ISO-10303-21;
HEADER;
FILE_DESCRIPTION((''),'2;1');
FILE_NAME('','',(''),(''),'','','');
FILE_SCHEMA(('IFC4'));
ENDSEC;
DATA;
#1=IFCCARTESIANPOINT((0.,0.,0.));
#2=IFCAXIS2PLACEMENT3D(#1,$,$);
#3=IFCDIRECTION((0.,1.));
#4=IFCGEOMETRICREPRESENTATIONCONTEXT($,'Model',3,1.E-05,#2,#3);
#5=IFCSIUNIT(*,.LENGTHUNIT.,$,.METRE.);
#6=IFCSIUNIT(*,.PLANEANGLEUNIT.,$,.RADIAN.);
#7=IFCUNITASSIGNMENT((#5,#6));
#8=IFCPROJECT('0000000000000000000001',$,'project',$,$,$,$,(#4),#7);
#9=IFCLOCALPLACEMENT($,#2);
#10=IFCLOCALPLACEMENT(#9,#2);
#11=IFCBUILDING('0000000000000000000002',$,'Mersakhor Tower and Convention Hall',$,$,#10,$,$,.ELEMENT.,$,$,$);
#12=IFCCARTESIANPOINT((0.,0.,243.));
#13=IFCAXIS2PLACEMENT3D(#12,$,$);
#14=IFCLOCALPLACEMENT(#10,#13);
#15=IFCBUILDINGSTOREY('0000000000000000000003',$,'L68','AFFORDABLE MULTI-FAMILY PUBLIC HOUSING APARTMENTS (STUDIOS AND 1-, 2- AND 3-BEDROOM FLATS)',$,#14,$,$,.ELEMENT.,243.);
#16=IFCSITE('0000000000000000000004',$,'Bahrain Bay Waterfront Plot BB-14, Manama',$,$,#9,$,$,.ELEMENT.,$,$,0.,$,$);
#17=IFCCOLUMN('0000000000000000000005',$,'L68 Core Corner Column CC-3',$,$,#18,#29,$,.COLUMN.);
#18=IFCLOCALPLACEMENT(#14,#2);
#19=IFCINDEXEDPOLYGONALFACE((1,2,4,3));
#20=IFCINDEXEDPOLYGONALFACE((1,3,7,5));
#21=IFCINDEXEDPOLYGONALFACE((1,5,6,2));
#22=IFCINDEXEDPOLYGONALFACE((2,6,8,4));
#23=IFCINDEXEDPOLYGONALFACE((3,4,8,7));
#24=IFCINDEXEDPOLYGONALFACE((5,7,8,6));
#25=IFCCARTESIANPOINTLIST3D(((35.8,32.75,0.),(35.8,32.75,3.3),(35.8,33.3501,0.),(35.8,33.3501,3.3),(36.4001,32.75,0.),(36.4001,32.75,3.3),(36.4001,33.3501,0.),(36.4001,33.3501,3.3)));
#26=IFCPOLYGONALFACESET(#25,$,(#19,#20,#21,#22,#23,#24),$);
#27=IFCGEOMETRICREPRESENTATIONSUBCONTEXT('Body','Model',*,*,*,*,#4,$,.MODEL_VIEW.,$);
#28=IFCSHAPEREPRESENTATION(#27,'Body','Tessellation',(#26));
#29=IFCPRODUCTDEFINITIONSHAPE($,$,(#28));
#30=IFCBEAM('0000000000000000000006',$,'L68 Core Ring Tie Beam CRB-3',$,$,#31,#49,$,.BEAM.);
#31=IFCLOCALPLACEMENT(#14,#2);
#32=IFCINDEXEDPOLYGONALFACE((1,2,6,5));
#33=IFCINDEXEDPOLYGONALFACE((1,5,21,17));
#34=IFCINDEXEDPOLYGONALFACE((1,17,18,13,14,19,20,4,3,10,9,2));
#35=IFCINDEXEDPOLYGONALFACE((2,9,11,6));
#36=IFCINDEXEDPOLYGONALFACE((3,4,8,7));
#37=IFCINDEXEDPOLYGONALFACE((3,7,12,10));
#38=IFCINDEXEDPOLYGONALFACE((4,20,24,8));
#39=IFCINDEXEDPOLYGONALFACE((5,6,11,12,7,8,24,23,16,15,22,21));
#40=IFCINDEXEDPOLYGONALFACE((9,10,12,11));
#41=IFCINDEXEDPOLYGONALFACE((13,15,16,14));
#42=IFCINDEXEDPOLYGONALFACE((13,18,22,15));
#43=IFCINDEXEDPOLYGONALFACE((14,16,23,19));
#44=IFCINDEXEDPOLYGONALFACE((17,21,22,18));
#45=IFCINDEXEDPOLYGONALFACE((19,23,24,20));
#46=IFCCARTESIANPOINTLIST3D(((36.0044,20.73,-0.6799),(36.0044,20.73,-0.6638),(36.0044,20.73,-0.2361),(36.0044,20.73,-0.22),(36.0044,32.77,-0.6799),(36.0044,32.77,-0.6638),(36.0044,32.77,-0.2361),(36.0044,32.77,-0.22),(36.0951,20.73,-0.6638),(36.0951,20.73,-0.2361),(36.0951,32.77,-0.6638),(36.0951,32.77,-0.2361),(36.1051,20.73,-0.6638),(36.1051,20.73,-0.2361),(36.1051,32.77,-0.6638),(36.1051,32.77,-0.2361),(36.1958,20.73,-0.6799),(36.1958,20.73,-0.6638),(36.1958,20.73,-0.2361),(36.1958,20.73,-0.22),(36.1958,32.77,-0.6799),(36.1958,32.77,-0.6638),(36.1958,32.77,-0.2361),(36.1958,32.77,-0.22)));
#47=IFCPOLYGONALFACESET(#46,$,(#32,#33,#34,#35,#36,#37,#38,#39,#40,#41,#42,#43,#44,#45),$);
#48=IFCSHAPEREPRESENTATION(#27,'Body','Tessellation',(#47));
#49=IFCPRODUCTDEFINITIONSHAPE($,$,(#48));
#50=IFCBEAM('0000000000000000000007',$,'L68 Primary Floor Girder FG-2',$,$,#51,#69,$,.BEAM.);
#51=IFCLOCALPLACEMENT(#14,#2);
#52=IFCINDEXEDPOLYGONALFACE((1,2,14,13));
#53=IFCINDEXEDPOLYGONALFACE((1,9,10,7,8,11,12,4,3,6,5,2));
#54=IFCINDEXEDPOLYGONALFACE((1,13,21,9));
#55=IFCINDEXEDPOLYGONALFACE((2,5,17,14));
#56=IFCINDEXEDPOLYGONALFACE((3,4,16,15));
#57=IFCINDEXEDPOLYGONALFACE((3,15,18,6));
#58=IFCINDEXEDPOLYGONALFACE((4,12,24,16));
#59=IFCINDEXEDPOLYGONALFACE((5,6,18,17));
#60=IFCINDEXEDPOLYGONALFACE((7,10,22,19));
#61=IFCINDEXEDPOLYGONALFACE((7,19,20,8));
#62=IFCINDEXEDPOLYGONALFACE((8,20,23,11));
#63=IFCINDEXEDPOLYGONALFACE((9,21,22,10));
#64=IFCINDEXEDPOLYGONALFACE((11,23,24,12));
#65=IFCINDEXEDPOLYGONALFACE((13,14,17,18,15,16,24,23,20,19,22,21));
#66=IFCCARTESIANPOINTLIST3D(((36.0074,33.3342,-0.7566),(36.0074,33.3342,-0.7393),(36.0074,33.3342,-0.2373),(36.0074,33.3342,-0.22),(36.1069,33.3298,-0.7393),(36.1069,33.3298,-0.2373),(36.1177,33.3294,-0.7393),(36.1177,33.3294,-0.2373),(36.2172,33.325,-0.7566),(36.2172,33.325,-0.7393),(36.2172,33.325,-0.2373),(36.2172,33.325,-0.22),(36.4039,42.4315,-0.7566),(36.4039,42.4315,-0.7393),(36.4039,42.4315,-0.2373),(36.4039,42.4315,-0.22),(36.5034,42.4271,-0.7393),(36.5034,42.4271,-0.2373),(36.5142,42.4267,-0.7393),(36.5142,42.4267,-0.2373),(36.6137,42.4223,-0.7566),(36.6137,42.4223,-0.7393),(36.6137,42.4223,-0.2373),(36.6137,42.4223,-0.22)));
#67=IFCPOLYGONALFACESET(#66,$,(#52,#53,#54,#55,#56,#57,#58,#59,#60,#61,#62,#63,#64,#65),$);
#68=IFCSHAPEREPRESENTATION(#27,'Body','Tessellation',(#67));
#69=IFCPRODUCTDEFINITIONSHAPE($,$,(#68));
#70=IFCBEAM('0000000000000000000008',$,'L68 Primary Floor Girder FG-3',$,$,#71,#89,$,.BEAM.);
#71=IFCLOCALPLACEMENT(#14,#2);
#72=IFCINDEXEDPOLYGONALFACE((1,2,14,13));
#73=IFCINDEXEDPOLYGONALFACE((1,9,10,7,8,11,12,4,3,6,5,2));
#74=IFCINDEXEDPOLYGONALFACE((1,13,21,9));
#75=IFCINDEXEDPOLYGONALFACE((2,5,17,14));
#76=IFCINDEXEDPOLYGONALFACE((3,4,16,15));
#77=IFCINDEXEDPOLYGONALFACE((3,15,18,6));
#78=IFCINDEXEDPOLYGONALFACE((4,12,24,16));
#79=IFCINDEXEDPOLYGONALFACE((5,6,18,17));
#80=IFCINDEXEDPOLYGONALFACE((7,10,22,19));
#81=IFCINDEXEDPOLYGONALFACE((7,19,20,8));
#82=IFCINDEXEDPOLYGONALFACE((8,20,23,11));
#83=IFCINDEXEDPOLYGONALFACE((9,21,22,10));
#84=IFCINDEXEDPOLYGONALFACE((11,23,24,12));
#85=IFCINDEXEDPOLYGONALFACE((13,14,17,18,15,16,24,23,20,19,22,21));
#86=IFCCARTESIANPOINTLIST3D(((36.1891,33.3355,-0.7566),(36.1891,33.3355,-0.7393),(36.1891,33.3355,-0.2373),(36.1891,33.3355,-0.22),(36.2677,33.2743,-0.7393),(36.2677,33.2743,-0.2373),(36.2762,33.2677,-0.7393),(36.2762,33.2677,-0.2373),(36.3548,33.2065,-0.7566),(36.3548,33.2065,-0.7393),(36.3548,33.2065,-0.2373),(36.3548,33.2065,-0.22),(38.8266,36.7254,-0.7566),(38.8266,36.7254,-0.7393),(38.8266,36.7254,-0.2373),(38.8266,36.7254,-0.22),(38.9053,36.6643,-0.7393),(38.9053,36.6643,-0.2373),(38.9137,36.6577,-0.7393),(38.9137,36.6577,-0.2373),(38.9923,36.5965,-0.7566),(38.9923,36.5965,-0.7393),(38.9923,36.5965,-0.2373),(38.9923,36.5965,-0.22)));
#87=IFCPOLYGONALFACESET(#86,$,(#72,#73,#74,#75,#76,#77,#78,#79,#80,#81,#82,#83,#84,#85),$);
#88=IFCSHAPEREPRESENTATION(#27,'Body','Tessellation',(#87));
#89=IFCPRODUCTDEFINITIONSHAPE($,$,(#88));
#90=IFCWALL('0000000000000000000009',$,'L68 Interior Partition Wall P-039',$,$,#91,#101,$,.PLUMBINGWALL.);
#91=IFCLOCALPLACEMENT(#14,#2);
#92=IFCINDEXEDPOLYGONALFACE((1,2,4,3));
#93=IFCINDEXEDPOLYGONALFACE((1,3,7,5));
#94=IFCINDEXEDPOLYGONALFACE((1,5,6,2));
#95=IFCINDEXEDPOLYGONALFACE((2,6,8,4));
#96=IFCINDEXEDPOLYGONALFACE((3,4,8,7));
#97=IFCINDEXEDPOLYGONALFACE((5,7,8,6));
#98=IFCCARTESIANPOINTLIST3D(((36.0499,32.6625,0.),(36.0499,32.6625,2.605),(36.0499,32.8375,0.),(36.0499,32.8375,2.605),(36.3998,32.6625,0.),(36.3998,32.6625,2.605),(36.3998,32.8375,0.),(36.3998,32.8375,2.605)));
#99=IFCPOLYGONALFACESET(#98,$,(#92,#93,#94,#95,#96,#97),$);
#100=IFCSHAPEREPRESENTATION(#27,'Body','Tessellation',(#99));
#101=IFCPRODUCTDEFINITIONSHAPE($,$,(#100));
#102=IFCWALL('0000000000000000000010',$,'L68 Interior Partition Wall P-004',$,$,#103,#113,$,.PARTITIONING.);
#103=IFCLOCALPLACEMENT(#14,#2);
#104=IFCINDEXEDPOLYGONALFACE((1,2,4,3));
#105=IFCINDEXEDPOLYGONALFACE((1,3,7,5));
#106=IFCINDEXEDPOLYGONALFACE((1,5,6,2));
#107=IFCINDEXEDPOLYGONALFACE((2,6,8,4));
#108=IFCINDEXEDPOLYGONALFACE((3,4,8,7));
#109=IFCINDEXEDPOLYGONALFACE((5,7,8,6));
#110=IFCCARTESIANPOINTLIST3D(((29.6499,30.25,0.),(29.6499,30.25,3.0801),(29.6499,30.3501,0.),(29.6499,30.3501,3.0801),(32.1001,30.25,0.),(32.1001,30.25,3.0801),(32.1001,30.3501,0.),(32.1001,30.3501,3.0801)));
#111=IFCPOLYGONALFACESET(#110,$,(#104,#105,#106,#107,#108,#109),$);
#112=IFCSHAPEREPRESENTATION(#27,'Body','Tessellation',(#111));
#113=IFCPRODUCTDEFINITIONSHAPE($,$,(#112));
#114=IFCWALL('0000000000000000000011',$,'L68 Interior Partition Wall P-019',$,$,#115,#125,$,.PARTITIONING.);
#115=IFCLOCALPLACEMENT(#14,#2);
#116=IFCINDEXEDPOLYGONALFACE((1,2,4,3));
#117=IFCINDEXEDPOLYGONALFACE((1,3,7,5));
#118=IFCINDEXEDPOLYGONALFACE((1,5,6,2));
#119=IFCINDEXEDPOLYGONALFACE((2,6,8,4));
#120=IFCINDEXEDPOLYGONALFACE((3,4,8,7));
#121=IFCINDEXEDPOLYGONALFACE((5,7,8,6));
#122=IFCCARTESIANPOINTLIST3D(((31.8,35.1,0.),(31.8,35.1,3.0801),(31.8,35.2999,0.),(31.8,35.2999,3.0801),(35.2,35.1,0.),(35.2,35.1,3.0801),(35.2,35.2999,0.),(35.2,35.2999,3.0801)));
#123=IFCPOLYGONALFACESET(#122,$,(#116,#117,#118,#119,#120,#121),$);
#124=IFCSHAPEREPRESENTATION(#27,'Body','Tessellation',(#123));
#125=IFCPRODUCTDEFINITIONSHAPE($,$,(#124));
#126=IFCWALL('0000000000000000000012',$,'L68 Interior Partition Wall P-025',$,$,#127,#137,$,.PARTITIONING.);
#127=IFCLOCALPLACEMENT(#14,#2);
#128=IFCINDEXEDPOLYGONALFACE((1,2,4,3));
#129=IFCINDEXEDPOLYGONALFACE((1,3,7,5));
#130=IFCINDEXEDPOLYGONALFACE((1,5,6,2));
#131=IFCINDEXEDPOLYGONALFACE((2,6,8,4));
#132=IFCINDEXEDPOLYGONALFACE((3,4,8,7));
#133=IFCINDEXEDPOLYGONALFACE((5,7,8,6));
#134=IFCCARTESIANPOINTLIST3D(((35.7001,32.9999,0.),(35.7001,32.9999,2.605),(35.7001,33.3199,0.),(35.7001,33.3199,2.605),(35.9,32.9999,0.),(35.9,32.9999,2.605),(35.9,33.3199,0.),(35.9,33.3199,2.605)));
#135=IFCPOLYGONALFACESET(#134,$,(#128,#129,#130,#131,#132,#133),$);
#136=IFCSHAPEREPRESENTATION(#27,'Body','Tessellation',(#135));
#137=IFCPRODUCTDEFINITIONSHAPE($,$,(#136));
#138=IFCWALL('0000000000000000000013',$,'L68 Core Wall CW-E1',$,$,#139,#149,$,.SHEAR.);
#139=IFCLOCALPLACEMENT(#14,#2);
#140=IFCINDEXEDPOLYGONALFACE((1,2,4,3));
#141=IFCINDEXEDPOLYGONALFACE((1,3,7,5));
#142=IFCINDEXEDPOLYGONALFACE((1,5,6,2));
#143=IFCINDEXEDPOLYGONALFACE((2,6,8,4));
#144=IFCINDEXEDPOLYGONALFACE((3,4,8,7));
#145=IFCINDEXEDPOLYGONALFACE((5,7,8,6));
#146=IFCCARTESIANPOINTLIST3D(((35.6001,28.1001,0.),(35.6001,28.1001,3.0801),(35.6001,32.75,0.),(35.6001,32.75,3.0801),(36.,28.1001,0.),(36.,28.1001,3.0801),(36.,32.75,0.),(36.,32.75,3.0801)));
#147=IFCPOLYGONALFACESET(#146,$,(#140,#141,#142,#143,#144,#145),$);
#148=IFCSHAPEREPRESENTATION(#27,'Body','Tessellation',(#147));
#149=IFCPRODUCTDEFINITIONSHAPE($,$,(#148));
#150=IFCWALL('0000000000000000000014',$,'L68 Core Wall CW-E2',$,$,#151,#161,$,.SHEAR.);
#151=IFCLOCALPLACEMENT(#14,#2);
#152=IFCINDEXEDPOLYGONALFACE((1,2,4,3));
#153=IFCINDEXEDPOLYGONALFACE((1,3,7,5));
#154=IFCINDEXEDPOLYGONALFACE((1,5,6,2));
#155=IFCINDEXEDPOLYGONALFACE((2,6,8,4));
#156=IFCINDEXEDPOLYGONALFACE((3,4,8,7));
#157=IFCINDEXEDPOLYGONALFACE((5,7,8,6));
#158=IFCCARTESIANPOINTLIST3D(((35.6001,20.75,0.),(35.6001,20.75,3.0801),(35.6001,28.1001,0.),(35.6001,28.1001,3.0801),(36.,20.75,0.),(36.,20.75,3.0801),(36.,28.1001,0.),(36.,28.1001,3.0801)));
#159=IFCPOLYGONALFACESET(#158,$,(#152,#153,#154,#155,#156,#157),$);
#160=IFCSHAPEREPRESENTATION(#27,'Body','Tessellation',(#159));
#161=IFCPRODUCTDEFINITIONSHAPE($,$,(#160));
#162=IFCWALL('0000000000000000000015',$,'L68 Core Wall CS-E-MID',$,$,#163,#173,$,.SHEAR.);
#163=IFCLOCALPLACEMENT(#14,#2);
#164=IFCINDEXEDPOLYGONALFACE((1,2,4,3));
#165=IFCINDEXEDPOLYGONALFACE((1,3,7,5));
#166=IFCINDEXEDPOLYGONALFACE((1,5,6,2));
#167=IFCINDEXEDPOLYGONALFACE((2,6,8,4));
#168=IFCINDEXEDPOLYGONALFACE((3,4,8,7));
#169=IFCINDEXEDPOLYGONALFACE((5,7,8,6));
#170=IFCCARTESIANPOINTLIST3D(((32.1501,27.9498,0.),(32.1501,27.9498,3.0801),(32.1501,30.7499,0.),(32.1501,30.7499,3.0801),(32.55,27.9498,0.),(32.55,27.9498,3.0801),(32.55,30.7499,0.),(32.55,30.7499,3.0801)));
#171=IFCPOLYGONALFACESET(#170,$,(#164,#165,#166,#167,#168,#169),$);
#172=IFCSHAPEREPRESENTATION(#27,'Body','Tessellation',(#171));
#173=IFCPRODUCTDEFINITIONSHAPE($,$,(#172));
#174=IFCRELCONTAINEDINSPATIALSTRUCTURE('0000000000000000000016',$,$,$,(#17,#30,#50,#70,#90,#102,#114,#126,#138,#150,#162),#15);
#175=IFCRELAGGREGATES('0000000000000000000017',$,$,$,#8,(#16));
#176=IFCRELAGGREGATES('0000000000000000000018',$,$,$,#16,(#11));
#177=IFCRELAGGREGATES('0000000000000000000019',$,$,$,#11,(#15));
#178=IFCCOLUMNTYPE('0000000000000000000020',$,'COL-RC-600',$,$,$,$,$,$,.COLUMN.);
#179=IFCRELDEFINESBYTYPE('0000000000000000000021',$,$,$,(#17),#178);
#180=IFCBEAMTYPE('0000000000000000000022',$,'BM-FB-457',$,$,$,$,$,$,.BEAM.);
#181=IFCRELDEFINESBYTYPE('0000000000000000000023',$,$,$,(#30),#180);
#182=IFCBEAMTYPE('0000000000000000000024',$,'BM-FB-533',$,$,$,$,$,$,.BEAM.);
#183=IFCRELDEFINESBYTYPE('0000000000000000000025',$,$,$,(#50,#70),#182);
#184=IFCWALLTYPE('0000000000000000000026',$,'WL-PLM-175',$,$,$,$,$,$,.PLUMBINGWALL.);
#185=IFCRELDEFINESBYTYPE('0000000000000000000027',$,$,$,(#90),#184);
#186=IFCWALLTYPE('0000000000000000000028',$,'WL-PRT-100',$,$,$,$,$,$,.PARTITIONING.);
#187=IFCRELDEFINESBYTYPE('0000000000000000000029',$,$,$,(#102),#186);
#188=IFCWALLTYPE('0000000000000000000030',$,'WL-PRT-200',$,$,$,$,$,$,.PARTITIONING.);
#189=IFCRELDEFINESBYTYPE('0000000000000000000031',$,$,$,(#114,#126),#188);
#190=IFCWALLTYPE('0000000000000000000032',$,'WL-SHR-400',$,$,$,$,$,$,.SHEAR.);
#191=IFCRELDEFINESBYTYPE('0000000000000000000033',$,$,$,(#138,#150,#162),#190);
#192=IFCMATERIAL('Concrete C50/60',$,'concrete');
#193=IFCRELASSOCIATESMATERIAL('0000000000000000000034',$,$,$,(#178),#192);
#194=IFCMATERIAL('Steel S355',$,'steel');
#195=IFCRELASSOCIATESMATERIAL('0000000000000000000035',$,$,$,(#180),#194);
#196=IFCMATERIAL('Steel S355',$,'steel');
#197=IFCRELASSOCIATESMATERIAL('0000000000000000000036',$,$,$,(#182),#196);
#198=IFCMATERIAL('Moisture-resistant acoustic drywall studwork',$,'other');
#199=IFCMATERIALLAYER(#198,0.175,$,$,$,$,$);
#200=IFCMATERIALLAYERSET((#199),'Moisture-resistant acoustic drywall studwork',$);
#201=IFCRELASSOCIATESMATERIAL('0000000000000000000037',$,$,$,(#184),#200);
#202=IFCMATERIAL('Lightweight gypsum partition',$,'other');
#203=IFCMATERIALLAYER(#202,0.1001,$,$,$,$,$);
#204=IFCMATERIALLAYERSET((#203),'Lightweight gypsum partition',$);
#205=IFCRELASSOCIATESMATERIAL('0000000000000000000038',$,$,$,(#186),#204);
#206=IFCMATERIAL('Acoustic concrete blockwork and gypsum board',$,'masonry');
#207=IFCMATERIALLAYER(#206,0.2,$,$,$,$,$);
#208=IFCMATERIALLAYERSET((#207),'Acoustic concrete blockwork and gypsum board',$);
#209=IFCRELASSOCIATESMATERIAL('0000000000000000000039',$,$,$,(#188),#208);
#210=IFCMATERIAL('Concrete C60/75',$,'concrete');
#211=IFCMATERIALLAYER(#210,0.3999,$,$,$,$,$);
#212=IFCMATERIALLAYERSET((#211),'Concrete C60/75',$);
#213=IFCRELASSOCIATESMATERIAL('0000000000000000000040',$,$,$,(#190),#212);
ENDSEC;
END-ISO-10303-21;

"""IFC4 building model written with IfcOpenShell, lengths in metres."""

from ifc_helpers import new_model, si_unit, direction, frame, frame_2d, origin, origin_2d, place, context, subcontext, project, spatial, rectangle, i_section, extrude, material, layer, layer_set, material_profile, profile_set, type_object, element, save


model = new_model("IFC4")

# Units and contexts
model_context = context("Model", 3, precision=1e-05, world=origin(), true_north=direction((0.0, 1.0)))
body_context = subcontext(model_context, "Body", "Model", "MODEL_VIEW")
ifc_project = project(units=[si_unit("LENGTHUNIT", "METRE"), si_unit("PLANEANGLEUNIT", "RADIAN")], contexts=[model_context])

# Site, building, storey
site_placement = place(None, origin())
site = spatial("IfcSite", under=ifc_project, at=site_placement, Name="Bahrain Bay Waterfront Plot BB-14, Manama", CompositionType="ELEMENT", RefElevation=0.0)
building_placement = place(site_placement, origin())
building = spatial("IfcBuilding", under=site, at=building_placement, Name="Mersakhor Tower and Convention Hall", CompositionType="ELEMENT")
storey_placement = place(building_placement, frame((0.0, 0.0, 243.0)))
storey = spatial("IfcBuildingStorey", under=building, at=storey_placement, Name="L68", Description="AFFORDABLE MULTI-FAMILY PUBLIC HOUSING APARTMENTS (STUDIOS AND 1-, 2- AND 3-BEDROOM FLATS)", CompositionType="ELEMENT", Elevation=243.0)

# Column
ifc_material_1 = material(Name="Concrete C50/60", Category="concrete")
ifc_material_profile_1 = material_profile(ifc_material_1, rectangle(XDim=0.6001, YDim=0.6001, at=origin_2d()), Name="RC 600x600")
ifc_profile_set_1 = profile_set([ifc_material_profile_1], Name="Concrete C50/60")
column_type = type_object("IfcColumnType", Name="COL-RC-600", PredefinedType="COLUMN", material=ifc_profile_set_1)
column_placement = place(storey_placement, frame((36.1001, 33.05, 0.0), z_axis=(0.0, 0.0, 1.0), x_axis=(1.0, 0.0, 0.0)))
element("IfcColumn", 1, at=column_placement, inside=storey, type_object=column_type, Name="L68 Core Corner Column CC-3", PredefinedType="COLUMN", context=body_context, shape_type="SweptSolid", body=[
    extrude(rectangle(XDim=0.6001, YDim=0.6001, at=origin_2d()), origin(), (0.0, 0.0, 1.0), 3.3),
])

# Beams
ifc_material_2 = material(Name="Steel S355", Category="steel")
ifc_material_profile_2 = material_profile(ifc_material_2, i_section(OverallWidth=0.1914, OverallDepth=0.46, WebThickness=0.01, FlangeThickness=0.0161, at=origin_2d()), Name="UB 457x191x82")
ifc_profile_set_2 = profile_set([ifc_material_profile_2], Name="Steel S355")
beam_type_1 = type_object("IfcBeamType", Name="BM-FB-457", PredefinedType="BEAM", material=ifc_profile_set_2)
beam_1_placement = place(storey_placement, frame((36.1001, 32.77, -0.45), z_axis=(0.0, -1.0, 0.0), x_axis=(1.0, 0.0, 0.0)))
element("IfcBeam", 2, at=beam_1_placement, inside=storey, type_object=beam_type_1, Name="L68 Core Ring Tie Beam CRB-3", PredefinedType="BEAM", context=body_context, shape_type="SweptSolid", body=[
    extrude(i_section(OverallWidth=0.1914, OverallDepth=0.46, WebThickness=0.01, FlangeThickness=0.0161, at=origin_2d()), origin(), (0.0, 0.0, 1.0), 12.04),
])
ifc_material_3 = material(Name="Steel S355", Category="steel")
ifc_material_profile_3 = material_profile(ifc_material_3, i_section(OverallWidth=0.21, OverallDepth=0.5366, WebThickness=0.0107, FlangeThickness=0.0173, at=origin_2d()), Name="UB 533x210x101")
ifc_profile_set_3 = profile_set([ifc_material_profile_3], Name="Steel S355")
beam_type_2 = type_object("IfcBeamType", Name="BM-FB-533", PredefinedType="BEAM", material=ifc_profile_set_3)
beam_2_placement = place(storey_placement, frame((36.1123, 33.3296, -0.4883), z_axis=(0.043541, 0.999052, 0.0), x_axis=(-0.999052, 0.043541, 0.0)))
element("IfcBeam", 3, at=beam_2_placement, inside=storey, type_object=beam_type_2, Name="L68 Primary Floor Girder FG-2", PredefinedType="BEAM", context=body_context, shape_type="SweptSolid", body=[
    extrude(i_section(OverallWidth=0.21, OverallDepth=0.5366, WebThickness=0.0107, FlangeThickness=0.0173, at=origin_2d()), origin(), (0.0, 0.0, 1.0), 9.106),
])
beam_3_placement = place(storey_placement, frame((36.272, 33.271, -0.4883), z_axis=(0.614067, 0.789254, 0.0), x_axis=(-0.789254, 0.614067, 0.0)))
element("IfcBeam", 4, at=beam_3_placement, inside=storey, type_object=beam_type_2, Name="L68 Primary Floor Girder FG-3", PredefinedType="BEAM", context=body_context, shape_type="SweptSolid", body=[
    extrude(i_section(OverallWidth=0.21, OverallDepth=0.5366, WebThickness=0.0107, FlangeThickness=0.0173, at=origin_2d()), origin(), (0.0, 0.0, 1.0), 4.2952),
])

# Walls
ifc_material_4 = material(Name="Moisture-resistant acoustic drywall studwork", Category="other")
ifc_layer_1 = layer(ifc_material_4, 0.175)
ifc_layer_set_1 = layer_set([ifc_layer_1], Name="Moisture-resistant acoustic drywall studwork")
wall_type_1 = type_object("IfcWallType", Name="WL-PLM-175", PredefinedType="PLUMBINGWALL", material=ifc_layer_set_1)
wall_1_placement = place(storey_placement, frame((36.05, 32.75, 0.0), z_axis=(0.0, 0.0, 1.0), x_axis=(1.0, 0.0, 0.0)))
element("IfcWall", 5, at=wall_1_placement, inside=storey, type_object=wall_type_1, Name="L68 Interior Partition Wall P-039", PredefinedType="PLUMBINGWALL", context=body_context, shape_type="SweptSolid", body=[
    extrude(rectangle(XDim=0.3499, YDim=0.175, at=frame_2d((0.1748, 0.0))), origin(), (0.0, 0.0, 1.0), 2.605),
])
ifc_material_5 = material(Name="Lightweight gypsum partition", Category="other")
ifc_layer_2 = layer(ifc_material_5, 0.1001)
ifc_layer_set_2 = layer_set([ifc_layer_2], Name="Lightweight gypsum partition")
wall_type_2 = type_object("IfcWallType", Name="WL-PRT-100", PredefinedType="PARTITIONING", material=ifc_layer_set_2)
wall_2_placement = place(storey_placement, frame((32.1001, 30.3, 0.0), z_axis=(0.0, 0.0, 1.0), x_axis=(-1.0, 0.0, 0.0)))
element("IfcWall", 6, at=wall_2_placement, inside=storey, type_object=wall_type_2, Name="L68 Interior Partition Wall P-004", PredefinedType="PARTITIONING", context=body_context, shape_type="SweptSolid", body=[
    extrude(rectangle(XDim=2.4502, YDim=0.1001, at=frame_2d((1.2251, 0.0))), origin(), (0.0, 0.0, 1.0), 3.0801),
])
ifc_material_6 = material(Name="Acoustic concrete blockwork and gypsum board", Category="masonry")
ifc_layer_3 = layer(ifc_material_6, 0.2)
ifc_layer_set_3 = layer_set([ifc_layer_3], Name="Acoustic concrete blockwork and gypsum board")
wall_type_3 = type_object("IfcWallType", Name="WL-PRT-200", PredefinedType="PARTITIONING", material=ifc_layer_set_3)
wall_3_placement = place(storey_placement, frame((31.8, 35.2, 0.0), z_axis=(0.0, 0.0, 1.0), x_axis=(1.0, 0.0, 0.0)))
element("IfcWall", 7, at=wall_3_placement, inside=storey, type_object=wall_type_3, Name="L68 Interior Partition Wall P-019", PredefinedType="PARTITIONING", context=body_context, shape_type="SweptSolid", body=[
    extrude(rectangle(XDim=3.3999, YDim=0.2, at=frame_2d((1.7, 0.0))), origin(), (0.0, 0.0, 1.0), 3.0801),
])

# Wall
wall_4_placement = place(storey_placement, frame((35.8, 33.3201, 0.0), z_axis=(0.0, 0.0, 1.0), x_axis=(0.0, -1.0, 0.0)))
element("IfcWall", 8, at=wall_4_placement, inside=storey, type_object=wall_type_3, Name="L68 Interior Partition Wall P-025", PredefinedType="PARTITIONING", context=body_context, shape_type="SweptSolid", body=[
    extrude(rectangle(XDim=0.3201, YDim=0.2, at=frame_2d((0.1602, 0.0))), origin(), (0.0, 0.0, 1.0), 2.605),
])

# Shared definitions
ifc_material_7 = material(Name="Concrete C60/75", Category="concrete")
ifc_layer_4 = layer(ifc_material_7, 0.3999)
ifc_layer_set_4 = layer_set([ifc_layer_4], Name="Concrete C60/75")
wall_type_4 = type_object("IfcWallType", Name="WL-SHR-400", PredefinedType="SHEAR", material=ifc_layer_set_4)

# Walls
wall_5_placement = place(storey_placement, frame((35.8, 32.75, 0.0), z_axis=(0.0, 0.0, 1.0), x_axis=(0.0, -1.0, 0.0)))
element("IfcWall", 9, at=wall_5_placement, inside=storey, type_object=wall_type_4, Name="L68 Core Wall CW-E1", PredefinedType="SHEAR", context=body_context, shape_type="SweptSolid", body=[
    extrude(rectangle(XDim=4.6499, YDim=0.3999, at=frame_2d((2.325, 0.0))), origin(), (0.0, 0.0, 1.0), 3.0801),
])
wall_6_placement = place(storey_placement, frame((35.8, 28.1001, 0.0), z_axis=(0.0, 0.0, 1.0), x_axis=(0.0, -1.0, 0.0)))
element("IfcWall", 10, at=wall_6_placement, inside=storey, type_object=wall_type_4, Name="L68 Core Wall CW-E2", PredefinedType="SHEAR", context=body_context, shape_type="SweptSolid", body=[
    extrude(rectangle(XDim=7.3501, YDim=0.3999, at=frame_2d((3.675, 0.0))), origin(), (0.0, 0.0, 1.0), 3.0801),
])
wall_7_placement = place(storey_placement, frame((32.3501, 27.95, 0.0), z_axis=(0.0, 0.0, 1.0), x_axis=(0.0, 1.0, 0.0)))
element("IfcWall", 11, at=wall_7_placement, inside=storey, type_object=wall_type_4, Name="L68 Core Wall CS-E-MID", PredefinedType="SHEAR", context=body_context, shape_type="SweptSolid", body=[
    extrude(rectangle(XDim=2.8, YDim=0.3999, at=frame_2d((1.3999, 0.0))), origin(), (0.0, 0.0, 1.0), 3.0801),
])

save(model, "model.ifc")
